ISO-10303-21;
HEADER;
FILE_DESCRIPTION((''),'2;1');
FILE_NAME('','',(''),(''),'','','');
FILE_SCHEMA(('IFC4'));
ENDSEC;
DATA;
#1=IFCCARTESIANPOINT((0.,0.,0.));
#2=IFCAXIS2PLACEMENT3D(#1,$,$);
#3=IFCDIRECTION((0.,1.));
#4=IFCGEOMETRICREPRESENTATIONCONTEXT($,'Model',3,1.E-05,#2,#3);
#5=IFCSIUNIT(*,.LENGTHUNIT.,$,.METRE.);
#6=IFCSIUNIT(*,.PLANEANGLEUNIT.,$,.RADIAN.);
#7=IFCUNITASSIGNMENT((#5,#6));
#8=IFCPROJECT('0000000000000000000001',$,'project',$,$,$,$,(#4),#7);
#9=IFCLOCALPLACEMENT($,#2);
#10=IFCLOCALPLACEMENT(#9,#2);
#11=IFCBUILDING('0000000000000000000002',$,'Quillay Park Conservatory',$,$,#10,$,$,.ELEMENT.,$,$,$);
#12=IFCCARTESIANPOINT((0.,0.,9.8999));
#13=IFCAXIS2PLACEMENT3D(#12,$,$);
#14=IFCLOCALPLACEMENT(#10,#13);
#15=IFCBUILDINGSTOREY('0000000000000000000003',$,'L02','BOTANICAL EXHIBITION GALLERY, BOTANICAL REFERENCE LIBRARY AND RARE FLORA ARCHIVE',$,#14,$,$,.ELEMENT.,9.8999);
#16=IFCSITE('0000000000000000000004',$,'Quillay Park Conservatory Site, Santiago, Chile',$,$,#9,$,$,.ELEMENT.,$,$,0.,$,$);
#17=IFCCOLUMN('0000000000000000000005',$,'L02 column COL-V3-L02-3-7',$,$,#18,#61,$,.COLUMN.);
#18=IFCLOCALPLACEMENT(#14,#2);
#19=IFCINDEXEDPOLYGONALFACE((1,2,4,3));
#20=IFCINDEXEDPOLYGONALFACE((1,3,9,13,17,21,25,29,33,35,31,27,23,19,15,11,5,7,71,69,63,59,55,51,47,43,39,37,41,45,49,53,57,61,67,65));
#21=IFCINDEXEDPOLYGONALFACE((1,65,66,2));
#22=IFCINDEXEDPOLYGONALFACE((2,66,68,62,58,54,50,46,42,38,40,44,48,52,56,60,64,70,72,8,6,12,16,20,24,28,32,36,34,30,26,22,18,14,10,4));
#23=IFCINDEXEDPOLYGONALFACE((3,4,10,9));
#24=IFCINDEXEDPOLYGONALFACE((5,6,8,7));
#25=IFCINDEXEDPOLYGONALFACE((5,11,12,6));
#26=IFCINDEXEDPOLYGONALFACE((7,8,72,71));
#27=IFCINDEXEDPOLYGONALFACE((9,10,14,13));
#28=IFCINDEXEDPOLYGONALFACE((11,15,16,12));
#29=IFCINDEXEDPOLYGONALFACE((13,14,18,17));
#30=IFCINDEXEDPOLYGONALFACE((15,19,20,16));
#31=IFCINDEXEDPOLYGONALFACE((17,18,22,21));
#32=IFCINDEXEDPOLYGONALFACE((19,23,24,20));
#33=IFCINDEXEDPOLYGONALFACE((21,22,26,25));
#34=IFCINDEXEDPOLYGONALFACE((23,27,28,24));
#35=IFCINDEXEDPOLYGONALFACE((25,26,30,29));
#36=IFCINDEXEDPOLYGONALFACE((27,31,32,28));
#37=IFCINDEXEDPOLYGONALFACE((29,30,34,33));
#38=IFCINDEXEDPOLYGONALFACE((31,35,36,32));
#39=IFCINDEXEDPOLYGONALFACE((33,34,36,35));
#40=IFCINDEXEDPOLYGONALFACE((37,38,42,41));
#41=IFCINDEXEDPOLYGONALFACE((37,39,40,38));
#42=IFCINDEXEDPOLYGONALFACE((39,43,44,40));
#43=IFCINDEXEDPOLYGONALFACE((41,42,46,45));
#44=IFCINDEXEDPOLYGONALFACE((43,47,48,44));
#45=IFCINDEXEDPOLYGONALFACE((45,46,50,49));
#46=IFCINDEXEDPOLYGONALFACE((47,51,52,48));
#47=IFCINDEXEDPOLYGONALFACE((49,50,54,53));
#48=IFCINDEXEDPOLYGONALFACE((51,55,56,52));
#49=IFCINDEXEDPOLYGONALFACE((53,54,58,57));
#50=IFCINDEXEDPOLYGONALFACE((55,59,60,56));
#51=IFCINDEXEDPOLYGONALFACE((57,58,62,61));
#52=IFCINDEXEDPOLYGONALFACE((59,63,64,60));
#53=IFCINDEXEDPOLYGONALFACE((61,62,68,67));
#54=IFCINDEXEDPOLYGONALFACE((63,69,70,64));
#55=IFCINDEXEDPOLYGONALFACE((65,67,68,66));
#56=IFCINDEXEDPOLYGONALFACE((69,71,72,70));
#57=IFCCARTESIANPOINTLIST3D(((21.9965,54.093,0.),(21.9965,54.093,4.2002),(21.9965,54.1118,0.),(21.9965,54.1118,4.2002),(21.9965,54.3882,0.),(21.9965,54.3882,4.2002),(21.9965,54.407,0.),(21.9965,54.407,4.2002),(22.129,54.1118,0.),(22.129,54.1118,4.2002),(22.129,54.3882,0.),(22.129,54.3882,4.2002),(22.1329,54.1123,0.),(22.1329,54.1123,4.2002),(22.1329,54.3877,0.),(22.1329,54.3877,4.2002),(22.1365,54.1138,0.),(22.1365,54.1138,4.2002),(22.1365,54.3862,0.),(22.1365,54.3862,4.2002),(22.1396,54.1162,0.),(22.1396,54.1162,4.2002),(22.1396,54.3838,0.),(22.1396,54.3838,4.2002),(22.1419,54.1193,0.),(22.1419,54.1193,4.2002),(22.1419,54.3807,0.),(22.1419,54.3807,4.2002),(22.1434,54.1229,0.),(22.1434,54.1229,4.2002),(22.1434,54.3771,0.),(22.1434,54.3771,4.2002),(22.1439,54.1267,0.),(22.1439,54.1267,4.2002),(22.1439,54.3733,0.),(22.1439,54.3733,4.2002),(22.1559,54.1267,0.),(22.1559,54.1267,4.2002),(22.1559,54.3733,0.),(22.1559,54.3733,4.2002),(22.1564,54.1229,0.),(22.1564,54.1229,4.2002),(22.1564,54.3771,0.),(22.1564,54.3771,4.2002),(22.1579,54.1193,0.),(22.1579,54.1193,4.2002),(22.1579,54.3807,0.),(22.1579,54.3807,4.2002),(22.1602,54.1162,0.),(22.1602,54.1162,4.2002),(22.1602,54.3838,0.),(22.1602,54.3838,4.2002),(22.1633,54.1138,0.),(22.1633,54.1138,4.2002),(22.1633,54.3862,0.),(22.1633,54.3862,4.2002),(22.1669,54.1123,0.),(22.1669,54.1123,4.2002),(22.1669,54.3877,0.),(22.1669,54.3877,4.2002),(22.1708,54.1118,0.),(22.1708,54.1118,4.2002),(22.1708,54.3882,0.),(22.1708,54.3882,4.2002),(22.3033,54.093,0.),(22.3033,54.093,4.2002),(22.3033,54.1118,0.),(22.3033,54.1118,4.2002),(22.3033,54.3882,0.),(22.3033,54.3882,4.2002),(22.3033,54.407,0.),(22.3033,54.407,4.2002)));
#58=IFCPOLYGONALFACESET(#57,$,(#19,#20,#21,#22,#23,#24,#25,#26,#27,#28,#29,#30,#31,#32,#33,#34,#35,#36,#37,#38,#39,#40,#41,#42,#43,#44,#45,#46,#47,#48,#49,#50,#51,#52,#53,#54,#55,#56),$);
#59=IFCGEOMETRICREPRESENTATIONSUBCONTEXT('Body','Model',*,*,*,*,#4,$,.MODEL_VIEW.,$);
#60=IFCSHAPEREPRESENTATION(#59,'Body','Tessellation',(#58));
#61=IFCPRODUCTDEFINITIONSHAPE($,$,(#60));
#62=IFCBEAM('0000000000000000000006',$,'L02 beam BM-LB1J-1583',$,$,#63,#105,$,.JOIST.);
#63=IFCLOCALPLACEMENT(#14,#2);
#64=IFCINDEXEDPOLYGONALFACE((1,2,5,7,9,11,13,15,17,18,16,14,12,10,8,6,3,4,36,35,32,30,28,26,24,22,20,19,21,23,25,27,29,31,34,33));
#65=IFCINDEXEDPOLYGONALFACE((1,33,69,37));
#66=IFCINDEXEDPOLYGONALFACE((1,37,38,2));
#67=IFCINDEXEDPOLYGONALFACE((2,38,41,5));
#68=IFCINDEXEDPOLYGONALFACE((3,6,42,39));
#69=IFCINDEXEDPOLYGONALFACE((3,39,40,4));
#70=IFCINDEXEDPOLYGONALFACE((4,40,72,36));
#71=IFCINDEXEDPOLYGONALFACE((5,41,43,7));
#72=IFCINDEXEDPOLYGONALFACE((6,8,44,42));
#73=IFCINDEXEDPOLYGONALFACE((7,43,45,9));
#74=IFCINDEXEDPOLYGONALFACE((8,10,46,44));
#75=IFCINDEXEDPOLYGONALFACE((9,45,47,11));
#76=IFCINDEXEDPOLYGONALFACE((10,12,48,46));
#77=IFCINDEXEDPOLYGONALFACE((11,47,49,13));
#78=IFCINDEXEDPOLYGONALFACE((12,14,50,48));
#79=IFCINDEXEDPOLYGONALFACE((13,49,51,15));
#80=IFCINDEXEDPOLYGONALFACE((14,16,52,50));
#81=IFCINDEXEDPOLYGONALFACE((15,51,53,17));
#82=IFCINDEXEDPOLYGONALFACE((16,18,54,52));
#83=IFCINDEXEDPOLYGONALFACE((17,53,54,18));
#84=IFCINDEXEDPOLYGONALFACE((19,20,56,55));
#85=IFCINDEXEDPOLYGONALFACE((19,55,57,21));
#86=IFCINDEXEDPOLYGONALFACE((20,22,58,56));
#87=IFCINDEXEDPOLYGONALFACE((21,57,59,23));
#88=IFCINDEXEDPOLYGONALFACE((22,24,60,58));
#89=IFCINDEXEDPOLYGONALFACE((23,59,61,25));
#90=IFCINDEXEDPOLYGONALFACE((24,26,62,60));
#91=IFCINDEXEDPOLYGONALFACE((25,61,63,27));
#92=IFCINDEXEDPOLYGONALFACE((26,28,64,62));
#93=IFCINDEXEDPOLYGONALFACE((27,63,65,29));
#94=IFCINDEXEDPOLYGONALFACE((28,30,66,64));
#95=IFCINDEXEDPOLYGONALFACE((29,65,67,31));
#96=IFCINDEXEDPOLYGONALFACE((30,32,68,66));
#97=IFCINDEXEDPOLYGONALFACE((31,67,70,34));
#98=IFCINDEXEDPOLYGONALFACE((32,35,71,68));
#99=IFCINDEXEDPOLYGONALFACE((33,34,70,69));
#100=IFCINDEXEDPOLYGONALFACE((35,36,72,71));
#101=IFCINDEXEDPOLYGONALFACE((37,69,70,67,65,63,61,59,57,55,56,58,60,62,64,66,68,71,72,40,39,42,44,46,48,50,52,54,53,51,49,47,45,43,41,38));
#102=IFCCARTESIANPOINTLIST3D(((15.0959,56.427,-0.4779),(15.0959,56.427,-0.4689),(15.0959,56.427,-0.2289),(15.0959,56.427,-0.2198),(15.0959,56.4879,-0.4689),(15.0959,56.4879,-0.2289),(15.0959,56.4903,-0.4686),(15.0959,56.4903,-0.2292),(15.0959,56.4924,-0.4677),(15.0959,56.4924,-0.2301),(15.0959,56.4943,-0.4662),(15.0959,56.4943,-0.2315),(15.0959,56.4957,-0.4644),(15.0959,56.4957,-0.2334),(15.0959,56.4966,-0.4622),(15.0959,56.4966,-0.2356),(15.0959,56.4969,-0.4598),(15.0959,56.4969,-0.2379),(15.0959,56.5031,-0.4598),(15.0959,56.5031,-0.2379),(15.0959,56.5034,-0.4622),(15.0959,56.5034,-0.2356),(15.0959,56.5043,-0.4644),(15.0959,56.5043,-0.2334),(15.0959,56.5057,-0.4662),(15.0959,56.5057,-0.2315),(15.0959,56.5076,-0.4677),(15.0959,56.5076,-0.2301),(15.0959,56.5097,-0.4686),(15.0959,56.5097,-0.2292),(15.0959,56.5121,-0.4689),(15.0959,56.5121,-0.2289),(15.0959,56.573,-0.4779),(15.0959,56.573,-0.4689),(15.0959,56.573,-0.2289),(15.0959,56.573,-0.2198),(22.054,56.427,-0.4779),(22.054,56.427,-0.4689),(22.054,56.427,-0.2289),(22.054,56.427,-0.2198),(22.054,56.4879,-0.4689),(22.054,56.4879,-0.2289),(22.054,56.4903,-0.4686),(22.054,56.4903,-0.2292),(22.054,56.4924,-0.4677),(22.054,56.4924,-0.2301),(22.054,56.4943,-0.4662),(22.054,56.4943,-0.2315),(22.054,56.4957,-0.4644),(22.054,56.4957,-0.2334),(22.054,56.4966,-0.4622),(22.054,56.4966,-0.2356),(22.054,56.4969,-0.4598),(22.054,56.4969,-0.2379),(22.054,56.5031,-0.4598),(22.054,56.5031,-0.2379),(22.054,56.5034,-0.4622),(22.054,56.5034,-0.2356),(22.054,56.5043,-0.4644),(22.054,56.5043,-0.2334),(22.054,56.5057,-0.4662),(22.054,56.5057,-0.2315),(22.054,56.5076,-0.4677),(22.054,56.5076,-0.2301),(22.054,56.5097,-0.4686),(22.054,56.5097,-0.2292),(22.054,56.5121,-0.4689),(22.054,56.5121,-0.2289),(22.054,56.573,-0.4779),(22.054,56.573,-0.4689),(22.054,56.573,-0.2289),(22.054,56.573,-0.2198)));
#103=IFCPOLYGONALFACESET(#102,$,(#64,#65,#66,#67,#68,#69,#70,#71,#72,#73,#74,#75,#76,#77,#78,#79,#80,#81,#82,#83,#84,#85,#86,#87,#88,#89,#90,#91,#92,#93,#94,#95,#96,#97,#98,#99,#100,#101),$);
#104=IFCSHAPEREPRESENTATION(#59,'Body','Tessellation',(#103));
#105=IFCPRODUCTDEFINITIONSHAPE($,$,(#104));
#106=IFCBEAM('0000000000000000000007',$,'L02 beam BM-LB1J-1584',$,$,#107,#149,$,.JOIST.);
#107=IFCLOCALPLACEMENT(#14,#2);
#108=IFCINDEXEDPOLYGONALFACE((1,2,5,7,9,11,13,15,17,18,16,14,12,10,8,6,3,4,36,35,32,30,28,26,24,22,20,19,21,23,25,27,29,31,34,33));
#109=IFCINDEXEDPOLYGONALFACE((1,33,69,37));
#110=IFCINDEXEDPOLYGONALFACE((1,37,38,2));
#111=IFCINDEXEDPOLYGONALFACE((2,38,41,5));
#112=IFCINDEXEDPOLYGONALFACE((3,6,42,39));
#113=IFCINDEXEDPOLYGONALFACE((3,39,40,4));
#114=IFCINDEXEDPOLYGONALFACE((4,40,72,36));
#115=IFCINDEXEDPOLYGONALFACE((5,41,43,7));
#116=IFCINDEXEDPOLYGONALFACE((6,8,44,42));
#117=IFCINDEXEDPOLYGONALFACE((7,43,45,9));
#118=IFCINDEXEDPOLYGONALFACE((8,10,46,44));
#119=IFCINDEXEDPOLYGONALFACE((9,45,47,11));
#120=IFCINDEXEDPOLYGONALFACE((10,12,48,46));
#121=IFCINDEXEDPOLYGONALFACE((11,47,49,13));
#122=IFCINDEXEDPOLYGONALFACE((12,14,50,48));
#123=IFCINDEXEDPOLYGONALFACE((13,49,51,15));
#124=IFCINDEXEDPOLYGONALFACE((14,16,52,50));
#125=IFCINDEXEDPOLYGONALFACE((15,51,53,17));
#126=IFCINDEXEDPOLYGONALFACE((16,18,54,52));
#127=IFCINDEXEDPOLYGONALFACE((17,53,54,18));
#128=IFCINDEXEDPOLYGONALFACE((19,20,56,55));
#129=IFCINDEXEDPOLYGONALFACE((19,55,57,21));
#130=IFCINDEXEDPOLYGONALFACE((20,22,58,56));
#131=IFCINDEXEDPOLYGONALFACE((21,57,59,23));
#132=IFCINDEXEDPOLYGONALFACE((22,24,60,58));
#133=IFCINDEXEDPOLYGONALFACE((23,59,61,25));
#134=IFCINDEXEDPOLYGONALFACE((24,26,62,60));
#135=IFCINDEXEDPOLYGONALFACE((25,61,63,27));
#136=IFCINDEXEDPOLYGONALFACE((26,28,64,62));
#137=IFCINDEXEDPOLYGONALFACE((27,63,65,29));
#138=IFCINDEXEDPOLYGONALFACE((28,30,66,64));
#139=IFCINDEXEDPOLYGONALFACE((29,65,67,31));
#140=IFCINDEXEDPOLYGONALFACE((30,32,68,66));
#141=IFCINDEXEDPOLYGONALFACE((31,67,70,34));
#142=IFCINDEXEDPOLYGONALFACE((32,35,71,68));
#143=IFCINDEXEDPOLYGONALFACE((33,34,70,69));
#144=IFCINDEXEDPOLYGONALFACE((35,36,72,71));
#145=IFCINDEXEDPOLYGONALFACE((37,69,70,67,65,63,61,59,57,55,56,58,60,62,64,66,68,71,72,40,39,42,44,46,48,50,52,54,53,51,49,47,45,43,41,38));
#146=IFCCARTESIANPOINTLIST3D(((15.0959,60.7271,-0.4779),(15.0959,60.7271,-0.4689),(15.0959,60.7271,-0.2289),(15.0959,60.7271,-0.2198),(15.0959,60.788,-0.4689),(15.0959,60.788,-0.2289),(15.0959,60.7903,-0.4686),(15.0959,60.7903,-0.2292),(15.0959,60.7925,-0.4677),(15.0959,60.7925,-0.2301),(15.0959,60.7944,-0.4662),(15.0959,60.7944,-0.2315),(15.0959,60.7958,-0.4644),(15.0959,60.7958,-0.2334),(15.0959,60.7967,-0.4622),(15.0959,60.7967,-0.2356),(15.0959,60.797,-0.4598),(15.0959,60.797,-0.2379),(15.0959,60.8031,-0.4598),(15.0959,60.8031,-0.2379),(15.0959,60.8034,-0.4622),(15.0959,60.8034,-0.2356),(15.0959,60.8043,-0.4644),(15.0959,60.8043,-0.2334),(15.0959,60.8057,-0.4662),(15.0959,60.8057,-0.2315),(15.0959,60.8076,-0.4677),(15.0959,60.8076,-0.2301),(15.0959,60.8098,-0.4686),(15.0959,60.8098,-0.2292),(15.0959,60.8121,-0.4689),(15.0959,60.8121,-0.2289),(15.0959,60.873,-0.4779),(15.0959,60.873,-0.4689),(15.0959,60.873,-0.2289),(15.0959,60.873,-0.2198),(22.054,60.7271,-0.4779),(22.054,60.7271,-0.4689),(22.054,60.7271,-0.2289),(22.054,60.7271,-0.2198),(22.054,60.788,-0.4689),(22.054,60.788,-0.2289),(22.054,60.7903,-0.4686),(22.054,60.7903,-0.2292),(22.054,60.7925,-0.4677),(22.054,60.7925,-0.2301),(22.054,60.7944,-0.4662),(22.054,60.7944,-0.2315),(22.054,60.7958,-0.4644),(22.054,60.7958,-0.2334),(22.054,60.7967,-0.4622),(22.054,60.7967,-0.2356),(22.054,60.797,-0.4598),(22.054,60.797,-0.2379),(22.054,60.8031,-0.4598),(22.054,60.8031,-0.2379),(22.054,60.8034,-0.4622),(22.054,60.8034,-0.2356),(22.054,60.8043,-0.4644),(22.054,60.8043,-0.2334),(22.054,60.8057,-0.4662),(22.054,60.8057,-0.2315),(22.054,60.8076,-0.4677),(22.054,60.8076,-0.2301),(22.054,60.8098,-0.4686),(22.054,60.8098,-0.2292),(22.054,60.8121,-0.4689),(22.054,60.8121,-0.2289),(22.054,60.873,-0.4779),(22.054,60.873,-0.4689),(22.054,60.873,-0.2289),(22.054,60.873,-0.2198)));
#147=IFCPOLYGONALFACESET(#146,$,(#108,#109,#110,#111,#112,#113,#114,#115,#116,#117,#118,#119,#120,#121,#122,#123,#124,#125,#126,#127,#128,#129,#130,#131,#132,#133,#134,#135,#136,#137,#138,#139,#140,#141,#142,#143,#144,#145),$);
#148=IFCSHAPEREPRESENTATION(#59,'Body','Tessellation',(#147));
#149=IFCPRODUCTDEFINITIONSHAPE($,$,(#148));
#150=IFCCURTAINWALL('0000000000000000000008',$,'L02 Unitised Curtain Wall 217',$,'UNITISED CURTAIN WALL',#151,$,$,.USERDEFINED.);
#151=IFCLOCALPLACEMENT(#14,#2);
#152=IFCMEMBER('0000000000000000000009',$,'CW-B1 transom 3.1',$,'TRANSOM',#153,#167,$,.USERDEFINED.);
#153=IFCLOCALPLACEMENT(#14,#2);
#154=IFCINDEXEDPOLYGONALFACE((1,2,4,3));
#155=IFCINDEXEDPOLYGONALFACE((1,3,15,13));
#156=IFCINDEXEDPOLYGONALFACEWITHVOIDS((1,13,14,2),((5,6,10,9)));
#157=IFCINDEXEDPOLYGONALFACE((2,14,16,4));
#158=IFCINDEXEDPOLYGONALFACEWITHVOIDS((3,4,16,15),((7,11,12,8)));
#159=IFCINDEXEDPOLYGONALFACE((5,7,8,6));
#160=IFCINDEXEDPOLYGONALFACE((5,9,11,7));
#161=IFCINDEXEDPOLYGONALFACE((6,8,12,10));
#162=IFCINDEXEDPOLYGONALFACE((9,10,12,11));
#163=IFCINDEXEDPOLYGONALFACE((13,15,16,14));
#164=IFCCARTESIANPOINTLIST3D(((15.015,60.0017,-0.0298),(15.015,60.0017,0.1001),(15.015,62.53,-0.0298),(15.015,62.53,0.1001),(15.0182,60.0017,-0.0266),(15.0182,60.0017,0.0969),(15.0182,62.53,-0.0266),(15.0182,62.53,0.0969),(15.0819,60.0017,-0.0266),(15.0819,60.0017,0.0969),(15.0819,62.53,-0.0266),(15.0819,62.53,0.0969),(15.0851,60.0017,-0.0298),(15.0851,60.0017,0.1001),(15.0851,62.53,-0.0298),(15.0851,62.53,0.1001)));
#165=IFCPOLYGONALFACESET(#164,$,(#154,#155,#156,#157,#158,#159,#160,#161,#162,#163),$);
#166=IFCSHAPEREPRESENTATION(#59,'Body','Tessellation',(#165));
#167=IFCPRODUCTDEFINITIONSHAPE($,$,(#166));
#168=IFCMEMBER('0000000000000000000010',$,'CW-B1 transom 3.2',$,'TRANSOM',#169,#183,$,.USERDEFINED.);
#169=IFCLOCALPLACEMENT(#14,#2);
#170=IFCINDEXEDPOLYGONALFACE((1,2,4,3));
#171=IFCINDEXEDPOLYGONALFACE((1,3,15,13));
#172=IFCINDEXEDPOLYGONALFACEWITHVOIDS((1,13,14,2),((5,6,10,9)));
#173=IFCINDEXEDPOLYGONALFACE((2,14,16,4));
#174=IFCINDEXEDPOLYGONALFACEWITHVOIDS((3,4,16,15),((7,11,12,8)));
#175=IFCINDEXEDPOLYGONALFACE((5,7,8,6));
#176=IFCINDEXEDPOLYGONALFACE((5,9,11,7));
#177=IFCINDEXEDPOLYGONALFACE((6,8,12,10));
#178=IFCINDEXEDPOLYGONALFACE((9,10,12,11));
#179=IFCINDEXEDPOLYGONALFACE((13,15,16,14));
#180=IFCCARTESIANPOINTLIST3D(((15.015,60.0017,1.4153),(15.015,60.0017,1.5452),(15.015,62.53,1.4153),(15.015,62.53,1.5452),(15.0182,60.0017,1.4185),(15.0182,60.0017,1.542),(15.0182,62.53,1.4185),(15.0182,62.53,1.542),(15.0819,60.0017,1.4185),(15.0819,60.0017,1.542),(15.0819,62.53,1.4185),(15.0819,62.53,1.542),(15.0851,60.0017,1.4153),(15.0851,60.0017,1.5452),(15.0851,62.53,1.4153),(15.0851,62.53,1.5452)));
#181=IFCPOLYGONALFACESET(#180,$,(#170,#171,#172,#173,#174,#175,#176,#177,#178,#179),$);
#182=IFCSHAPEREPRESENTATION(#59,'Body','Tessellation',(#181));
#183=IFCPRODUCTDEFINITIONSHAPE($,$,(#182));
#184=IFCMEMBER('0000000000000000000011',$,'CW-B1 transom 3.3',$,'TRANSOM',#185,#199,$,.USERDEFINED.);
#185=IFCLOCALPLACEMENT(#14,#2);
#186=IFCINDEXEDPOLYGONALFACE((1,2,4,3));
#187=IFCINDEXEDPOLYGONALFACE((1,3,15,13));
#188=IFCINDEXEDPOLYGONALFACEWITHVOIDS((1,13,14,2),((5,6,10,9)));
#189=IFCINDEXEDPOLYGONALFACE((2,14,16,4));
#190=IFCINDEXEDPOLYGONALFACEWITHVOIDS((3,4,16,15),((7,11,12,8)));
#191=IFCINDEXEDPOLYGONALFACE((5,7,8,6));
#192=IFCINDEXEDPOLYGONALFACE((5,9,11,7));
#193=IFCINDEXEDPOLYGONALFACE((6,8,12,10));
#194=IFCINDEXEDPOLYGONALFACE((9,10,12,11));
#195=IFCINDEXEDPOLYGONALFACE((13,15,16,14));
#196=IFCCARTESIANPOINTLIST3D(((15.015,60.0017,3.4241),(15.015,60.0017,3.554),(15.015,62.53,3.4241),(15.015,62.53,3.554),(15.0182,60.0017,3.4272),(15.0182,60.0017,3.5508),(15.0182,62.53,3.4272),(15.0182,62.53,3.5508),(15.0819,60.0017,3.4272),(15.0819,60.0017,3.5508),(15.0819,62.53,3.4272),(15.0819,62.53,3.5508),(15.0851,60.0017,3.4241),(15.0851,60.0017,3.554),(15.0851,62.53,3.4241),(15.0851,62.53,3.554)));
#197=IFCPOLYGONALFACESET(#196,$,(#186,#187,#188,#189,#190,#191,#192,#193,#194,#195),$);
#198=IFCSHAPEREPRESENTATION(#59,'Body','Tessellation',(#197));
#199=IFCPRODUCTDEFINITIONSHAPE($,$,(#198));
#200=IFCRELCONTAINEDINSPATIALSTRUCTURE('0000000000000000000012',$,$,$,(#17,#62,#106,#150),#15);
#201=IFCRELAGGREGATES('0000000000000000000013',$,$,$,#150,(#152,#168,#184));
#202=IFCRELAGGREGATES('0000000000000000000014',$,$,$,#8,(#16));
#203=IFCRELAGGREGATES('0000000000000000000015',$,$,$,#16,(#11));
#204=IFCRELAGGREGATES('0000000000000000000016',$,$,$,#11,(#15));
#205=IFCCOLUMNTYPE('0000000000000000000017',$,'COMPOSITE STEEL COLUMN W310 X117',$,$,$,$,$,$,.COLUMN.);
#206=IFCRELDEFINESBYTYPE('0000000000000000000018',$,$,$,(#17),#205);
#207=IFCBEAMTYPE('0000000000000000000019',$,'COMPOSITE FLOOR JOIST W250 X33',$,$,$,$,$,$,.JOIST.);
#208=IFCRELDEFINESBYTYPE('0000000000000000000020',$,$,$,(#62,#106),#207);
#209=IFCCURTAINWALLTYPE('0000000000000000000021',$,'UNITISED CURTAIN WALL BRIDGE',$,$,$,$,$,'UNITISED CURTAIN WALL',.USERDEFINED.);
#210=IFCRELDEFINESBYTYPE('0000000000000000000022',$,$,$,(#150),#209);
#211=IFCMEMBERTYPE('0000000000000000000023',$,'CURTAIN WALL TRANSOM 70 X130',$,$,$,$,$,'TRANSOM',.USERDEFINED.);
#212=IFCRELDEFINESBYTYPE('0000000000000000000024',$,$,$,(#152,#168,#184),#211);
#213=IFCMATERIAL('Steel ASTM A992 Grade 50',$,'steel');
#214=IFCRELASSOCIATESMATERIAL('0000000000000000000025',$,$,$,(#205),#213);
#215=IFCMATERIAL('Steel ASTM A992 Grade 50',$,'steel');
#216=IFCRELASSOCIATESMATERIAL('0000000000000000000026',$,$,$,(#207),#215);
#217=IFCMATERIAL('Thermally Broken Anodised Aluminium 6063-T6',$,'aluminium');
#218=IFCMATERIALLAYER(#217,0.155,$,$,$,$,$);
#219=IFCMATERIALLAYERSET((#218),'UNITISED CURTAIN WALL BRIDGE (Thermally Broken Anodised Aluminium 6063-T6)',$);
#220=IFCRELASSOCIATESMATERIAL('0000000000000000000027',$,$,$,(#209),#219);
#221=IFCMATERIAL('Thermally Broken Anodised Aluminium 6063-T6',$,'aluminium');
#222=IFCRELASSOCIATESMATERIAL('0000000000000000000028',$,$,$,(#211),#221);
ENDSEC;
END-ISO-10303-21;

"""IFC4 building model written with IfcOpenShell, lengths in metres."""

from ifc_helpers import new_model, si_unit, direction, frame, origin, origin_2d, place, context, subcontext, project, spatial, hollow_rectangle, i_section, extrude, material, layer, layer_set, material_profile, profile_set, type_object, element, aggregate, save


model = new_model("IFC4")

# Units and contexts
model_context = context("Model", 3, precision=1e-05, world=origin(), true_north=direction((0.0, 1.0)))
body_context = subcontext(model_context, "Body", "Model", "MODEL_VIEW")
ifc_project = project(units=[si_unit("LENGTHUNIT", "METRE"), si_unit("PLANEANGLEUNIT", "RADIAN")], contexts=[model_context])

# Site, building, storey
site_placement = place(None, origin())
site = spatial("IfcSite", under=ifc_project, at=site_placement, Name="Quillay Park Conservatory Site, Santiago, Chile", CompositionType="ELEMENT", RefElevation=0.0)
building_placement = place(site_placement, origin())
building = spatial("IfcBuilding", under=site, at=building_placement, Name="Quillay Park Conservatory", CompositionType="ELEMENT")
storey_placement = place(building_placement, frame((0.0, 0.0, 9.8999)))
storey = spatial("IfcBuildingStorey", under=building, at=storey_placement, Name="L02", Description="BOTANICAL EXHIBITION GALLERY, BOTANICAL REFERENCE LIBRARY AND RARE FLORA ARCHIVE", CompositionType="ELEMENT", Elevation=9.8999)

# Column
ifc_material_1 = material(Name="Steel ASTM A992 Grade 50", Category="steel")
ifc_material_profile_1 = material_profile(ifc_material_1, i_section(OverallWidth=0.3069, OverallDepth=0.314, WebThickness=0.012, FlangeThickness=0.0188, FilletRadius=0.0149, at=origin_2d()), Name="W310x117")
ifc_profile_set_1 = profile_set([ifc_material_profile_1], Name="Steel ASTM A992 Grade 50")
column_type = type_object("IfcColumnType", Name="COMPOSITE STEEL COLUMN W310 X117", PredefinedType="COLUMN", material=ifc_profile_set_1)
column_placement = place(storey_placement, frame((22.1499, 54.25, 0.0), z_axis=(0.0, 0.0, 1.0), x_axis=(1.0, 0.0, 0.0)))
element("IfcColumn", 1, at=column_placement, inside=storey, type_object=column_type, Name="L02 column COL-V3-L02-3-7", PredefinedType="COLUMN", context=body_context, shape_type="SweptSolid", body=[
    extrude(i_section(OverallWidth=0.3069, OverallDepth=0.314, WebThickness=0.012, FlangeThickness=0.0188, FilletRadius=0.0149, at=origin_2d()), origin(), (0.0, 0.0, 1.0), 4.2002),
])

# Beams
ifc_material_2 = material(Name="Steel ASTM A992 Grade 50", Category="steel")
ifc_material_profile_2 = material_profile(ifc_material_2, i_section(OverallWidth=0.146, OverallDepth=0.2581, WebThickness=0.0061, FlangeThickness=0.009, FilletRadius=0.009, at=origin_2d()), Name="W250x33")
ifc_profile_set_2 = profile_set([ifc_material_profile_2], Name="Steel ASTM A992 Grade 50")
beam_type_1 = type_object("IfcBeamType", Name="COMPOSITE FLOOR JOIST W250 X33", PredefinedType="JOIST", material=ifc_profile_set_2)
for number, where, z_axis, x_axis, name in (
    (2, (15.0959, 56.5, -0.3489), (1.0, 0.0, 0.0), (0.0, 1.0, 0.0), "L02 beam BM-LB1J-1583"),
    (3, (15.0959, 60.8, -0.3489), (1.0, 0.0, 0.0), (0.0, 1.0, 0.0), "L02 beam BM-LB1J-1584"),
):
    element("IfcBeam", number, at=place(storey_placement, frame(where, z_axis=z_axis, x_axis=x_axis)), inside=storey, type_object=beam_type_1, Name=name, PredefinedType="JOIST", context=body_context, shape_type="SweptSolid", body=[
        extrude(i_section(OverallWidth=0.146, OverallDepth=0.2581, WebThickness=0.0061, FlangeThickness=0.009, FilletRadius=0.009, at=origin_2d()), origin(), (0.0, 0.0, 1.0), 6.958),
    ])

# Curtain wall, members
ifc_material_3 = material(Name="Thermally Broken Anodised Aluminium 6063-T6", Category="aluminium")
ifc_layer_1 = layer(ifc_material_3, 0.155)
ifc_layer_set_1 = layer_set([ifc_layer_1], Name="UNITISED CURTAIN WALL BRIDGE (Thermally Broken Anodised Aluminium 6063-T6)")
curtain_wall_type = type_object("IfcCurtainWallType", Name="UNITISED CURTAIN WALL BRIDGE", ElementType="UNITISED CURTAIN WALL", PredefinedType="USERDEFINED", material=ifc_layer_set_1)
curtain_wall_placement = place(storey_placement, origin())
curtain_wall = element("IfcCurtainWall", 4, at=curtain_wall_placement, inside=storey, type_object=curtain_wall_type, Name="L02 Unitised Curtain Wall 217", ObjectType="UNITISED CURTAIN WALL", PredefinedType="USERDEFINED")
ifc_material_4 = material(Name="Thermally Broken Anodised Aluminium 6063-T6", Category="aluminium")
ifc_material_profile_3 = material_profile(ifc_material_4, hollow_rectangle(XDim=0.0701, YDim=0.1299, WallThickness=0.0032, at=origin_2d()), Name="AL70x130x3.2")
ifc_profile_set_3 = profile_set([ifc_material_profile_3], Name="Thermally Broken Anodised Aluminium 6063-T6")
member_type = type_object("IfcMemberType", Name="CURTAIN WALL TRANSOM 70 X130", ElementType="TRANSOM", PredefinedType="USERDEFINED", material=ifc_profile_set_3)
member_1_placement = place(storey_placement, frame((15.05, 60.0017, 0.0352), z_axis=(0.0, 1.0, 0.0), x_axis=(-1.0, 0.0, 0.0)))
member_1 = element("IfcMember", 5, at=member_1_placement, type_object=member_type, Name="CW-B1 transom 3.1", ObjectType="TRANSOM", PredefinedType="USERDEFINED", context=body_context, shape_type="SweptSolid", body=[
    extrude(hollow_rectangle(XDim=0.0701, YDim=0.1299, WallThickness=0.0032, at=origin_2d()), origin(), (0.0, 0.0, 1.0), 2.5283),
])
member_2_placement = place(storey_placement, frame((15.05, 60.0017, 1.4802), z_axis=(0.0, 1.0, 0.0), x_axis=(-1.0, 0.0, 0.0)))
member_2 = element("IfcMember", 6, at=member_2_placement, type_object=member_type, Name="CW-B1 transom 3.2", ObjectType="TRANSOM", PredefinedType="USERDEFINED", context=body_context, shape_type="SweptSolid", body=[
    extrude(hollow_rectangle(XDim=0.0701, YDim=0.1299, WallThickness=0.0032, at=origin_2d()), origin(), (0.0, 0.0, 1.0), 2.5283),
])
member_3_placement = place(storey_placement, frame((15.05, 60.0017, 3.489), z_axis=(0.0, 1.0, 0.0), x_axis=(-1.0, 0.0, 0.0)))
member_3 = element("IfcMember", 7, at=member_3_placement, type_object=member_type, Name="CW-B1 transom 3.3", ObjectType="TRANSOM", PredefinedType="USERDEFINED", context=body_context, shape_type="SweptSolid", body=[
    extrude(hollow_rectangle(XDim=0.0701, YDim=0.1299, WallThickness=0.0032, at=origin_2d()), origin(), (0.0, 0.0, 1.0), 2.5283),
])

aggregate(curtain_wall, [member_1, member_2, member_3])

save(model, "model.ifc")
